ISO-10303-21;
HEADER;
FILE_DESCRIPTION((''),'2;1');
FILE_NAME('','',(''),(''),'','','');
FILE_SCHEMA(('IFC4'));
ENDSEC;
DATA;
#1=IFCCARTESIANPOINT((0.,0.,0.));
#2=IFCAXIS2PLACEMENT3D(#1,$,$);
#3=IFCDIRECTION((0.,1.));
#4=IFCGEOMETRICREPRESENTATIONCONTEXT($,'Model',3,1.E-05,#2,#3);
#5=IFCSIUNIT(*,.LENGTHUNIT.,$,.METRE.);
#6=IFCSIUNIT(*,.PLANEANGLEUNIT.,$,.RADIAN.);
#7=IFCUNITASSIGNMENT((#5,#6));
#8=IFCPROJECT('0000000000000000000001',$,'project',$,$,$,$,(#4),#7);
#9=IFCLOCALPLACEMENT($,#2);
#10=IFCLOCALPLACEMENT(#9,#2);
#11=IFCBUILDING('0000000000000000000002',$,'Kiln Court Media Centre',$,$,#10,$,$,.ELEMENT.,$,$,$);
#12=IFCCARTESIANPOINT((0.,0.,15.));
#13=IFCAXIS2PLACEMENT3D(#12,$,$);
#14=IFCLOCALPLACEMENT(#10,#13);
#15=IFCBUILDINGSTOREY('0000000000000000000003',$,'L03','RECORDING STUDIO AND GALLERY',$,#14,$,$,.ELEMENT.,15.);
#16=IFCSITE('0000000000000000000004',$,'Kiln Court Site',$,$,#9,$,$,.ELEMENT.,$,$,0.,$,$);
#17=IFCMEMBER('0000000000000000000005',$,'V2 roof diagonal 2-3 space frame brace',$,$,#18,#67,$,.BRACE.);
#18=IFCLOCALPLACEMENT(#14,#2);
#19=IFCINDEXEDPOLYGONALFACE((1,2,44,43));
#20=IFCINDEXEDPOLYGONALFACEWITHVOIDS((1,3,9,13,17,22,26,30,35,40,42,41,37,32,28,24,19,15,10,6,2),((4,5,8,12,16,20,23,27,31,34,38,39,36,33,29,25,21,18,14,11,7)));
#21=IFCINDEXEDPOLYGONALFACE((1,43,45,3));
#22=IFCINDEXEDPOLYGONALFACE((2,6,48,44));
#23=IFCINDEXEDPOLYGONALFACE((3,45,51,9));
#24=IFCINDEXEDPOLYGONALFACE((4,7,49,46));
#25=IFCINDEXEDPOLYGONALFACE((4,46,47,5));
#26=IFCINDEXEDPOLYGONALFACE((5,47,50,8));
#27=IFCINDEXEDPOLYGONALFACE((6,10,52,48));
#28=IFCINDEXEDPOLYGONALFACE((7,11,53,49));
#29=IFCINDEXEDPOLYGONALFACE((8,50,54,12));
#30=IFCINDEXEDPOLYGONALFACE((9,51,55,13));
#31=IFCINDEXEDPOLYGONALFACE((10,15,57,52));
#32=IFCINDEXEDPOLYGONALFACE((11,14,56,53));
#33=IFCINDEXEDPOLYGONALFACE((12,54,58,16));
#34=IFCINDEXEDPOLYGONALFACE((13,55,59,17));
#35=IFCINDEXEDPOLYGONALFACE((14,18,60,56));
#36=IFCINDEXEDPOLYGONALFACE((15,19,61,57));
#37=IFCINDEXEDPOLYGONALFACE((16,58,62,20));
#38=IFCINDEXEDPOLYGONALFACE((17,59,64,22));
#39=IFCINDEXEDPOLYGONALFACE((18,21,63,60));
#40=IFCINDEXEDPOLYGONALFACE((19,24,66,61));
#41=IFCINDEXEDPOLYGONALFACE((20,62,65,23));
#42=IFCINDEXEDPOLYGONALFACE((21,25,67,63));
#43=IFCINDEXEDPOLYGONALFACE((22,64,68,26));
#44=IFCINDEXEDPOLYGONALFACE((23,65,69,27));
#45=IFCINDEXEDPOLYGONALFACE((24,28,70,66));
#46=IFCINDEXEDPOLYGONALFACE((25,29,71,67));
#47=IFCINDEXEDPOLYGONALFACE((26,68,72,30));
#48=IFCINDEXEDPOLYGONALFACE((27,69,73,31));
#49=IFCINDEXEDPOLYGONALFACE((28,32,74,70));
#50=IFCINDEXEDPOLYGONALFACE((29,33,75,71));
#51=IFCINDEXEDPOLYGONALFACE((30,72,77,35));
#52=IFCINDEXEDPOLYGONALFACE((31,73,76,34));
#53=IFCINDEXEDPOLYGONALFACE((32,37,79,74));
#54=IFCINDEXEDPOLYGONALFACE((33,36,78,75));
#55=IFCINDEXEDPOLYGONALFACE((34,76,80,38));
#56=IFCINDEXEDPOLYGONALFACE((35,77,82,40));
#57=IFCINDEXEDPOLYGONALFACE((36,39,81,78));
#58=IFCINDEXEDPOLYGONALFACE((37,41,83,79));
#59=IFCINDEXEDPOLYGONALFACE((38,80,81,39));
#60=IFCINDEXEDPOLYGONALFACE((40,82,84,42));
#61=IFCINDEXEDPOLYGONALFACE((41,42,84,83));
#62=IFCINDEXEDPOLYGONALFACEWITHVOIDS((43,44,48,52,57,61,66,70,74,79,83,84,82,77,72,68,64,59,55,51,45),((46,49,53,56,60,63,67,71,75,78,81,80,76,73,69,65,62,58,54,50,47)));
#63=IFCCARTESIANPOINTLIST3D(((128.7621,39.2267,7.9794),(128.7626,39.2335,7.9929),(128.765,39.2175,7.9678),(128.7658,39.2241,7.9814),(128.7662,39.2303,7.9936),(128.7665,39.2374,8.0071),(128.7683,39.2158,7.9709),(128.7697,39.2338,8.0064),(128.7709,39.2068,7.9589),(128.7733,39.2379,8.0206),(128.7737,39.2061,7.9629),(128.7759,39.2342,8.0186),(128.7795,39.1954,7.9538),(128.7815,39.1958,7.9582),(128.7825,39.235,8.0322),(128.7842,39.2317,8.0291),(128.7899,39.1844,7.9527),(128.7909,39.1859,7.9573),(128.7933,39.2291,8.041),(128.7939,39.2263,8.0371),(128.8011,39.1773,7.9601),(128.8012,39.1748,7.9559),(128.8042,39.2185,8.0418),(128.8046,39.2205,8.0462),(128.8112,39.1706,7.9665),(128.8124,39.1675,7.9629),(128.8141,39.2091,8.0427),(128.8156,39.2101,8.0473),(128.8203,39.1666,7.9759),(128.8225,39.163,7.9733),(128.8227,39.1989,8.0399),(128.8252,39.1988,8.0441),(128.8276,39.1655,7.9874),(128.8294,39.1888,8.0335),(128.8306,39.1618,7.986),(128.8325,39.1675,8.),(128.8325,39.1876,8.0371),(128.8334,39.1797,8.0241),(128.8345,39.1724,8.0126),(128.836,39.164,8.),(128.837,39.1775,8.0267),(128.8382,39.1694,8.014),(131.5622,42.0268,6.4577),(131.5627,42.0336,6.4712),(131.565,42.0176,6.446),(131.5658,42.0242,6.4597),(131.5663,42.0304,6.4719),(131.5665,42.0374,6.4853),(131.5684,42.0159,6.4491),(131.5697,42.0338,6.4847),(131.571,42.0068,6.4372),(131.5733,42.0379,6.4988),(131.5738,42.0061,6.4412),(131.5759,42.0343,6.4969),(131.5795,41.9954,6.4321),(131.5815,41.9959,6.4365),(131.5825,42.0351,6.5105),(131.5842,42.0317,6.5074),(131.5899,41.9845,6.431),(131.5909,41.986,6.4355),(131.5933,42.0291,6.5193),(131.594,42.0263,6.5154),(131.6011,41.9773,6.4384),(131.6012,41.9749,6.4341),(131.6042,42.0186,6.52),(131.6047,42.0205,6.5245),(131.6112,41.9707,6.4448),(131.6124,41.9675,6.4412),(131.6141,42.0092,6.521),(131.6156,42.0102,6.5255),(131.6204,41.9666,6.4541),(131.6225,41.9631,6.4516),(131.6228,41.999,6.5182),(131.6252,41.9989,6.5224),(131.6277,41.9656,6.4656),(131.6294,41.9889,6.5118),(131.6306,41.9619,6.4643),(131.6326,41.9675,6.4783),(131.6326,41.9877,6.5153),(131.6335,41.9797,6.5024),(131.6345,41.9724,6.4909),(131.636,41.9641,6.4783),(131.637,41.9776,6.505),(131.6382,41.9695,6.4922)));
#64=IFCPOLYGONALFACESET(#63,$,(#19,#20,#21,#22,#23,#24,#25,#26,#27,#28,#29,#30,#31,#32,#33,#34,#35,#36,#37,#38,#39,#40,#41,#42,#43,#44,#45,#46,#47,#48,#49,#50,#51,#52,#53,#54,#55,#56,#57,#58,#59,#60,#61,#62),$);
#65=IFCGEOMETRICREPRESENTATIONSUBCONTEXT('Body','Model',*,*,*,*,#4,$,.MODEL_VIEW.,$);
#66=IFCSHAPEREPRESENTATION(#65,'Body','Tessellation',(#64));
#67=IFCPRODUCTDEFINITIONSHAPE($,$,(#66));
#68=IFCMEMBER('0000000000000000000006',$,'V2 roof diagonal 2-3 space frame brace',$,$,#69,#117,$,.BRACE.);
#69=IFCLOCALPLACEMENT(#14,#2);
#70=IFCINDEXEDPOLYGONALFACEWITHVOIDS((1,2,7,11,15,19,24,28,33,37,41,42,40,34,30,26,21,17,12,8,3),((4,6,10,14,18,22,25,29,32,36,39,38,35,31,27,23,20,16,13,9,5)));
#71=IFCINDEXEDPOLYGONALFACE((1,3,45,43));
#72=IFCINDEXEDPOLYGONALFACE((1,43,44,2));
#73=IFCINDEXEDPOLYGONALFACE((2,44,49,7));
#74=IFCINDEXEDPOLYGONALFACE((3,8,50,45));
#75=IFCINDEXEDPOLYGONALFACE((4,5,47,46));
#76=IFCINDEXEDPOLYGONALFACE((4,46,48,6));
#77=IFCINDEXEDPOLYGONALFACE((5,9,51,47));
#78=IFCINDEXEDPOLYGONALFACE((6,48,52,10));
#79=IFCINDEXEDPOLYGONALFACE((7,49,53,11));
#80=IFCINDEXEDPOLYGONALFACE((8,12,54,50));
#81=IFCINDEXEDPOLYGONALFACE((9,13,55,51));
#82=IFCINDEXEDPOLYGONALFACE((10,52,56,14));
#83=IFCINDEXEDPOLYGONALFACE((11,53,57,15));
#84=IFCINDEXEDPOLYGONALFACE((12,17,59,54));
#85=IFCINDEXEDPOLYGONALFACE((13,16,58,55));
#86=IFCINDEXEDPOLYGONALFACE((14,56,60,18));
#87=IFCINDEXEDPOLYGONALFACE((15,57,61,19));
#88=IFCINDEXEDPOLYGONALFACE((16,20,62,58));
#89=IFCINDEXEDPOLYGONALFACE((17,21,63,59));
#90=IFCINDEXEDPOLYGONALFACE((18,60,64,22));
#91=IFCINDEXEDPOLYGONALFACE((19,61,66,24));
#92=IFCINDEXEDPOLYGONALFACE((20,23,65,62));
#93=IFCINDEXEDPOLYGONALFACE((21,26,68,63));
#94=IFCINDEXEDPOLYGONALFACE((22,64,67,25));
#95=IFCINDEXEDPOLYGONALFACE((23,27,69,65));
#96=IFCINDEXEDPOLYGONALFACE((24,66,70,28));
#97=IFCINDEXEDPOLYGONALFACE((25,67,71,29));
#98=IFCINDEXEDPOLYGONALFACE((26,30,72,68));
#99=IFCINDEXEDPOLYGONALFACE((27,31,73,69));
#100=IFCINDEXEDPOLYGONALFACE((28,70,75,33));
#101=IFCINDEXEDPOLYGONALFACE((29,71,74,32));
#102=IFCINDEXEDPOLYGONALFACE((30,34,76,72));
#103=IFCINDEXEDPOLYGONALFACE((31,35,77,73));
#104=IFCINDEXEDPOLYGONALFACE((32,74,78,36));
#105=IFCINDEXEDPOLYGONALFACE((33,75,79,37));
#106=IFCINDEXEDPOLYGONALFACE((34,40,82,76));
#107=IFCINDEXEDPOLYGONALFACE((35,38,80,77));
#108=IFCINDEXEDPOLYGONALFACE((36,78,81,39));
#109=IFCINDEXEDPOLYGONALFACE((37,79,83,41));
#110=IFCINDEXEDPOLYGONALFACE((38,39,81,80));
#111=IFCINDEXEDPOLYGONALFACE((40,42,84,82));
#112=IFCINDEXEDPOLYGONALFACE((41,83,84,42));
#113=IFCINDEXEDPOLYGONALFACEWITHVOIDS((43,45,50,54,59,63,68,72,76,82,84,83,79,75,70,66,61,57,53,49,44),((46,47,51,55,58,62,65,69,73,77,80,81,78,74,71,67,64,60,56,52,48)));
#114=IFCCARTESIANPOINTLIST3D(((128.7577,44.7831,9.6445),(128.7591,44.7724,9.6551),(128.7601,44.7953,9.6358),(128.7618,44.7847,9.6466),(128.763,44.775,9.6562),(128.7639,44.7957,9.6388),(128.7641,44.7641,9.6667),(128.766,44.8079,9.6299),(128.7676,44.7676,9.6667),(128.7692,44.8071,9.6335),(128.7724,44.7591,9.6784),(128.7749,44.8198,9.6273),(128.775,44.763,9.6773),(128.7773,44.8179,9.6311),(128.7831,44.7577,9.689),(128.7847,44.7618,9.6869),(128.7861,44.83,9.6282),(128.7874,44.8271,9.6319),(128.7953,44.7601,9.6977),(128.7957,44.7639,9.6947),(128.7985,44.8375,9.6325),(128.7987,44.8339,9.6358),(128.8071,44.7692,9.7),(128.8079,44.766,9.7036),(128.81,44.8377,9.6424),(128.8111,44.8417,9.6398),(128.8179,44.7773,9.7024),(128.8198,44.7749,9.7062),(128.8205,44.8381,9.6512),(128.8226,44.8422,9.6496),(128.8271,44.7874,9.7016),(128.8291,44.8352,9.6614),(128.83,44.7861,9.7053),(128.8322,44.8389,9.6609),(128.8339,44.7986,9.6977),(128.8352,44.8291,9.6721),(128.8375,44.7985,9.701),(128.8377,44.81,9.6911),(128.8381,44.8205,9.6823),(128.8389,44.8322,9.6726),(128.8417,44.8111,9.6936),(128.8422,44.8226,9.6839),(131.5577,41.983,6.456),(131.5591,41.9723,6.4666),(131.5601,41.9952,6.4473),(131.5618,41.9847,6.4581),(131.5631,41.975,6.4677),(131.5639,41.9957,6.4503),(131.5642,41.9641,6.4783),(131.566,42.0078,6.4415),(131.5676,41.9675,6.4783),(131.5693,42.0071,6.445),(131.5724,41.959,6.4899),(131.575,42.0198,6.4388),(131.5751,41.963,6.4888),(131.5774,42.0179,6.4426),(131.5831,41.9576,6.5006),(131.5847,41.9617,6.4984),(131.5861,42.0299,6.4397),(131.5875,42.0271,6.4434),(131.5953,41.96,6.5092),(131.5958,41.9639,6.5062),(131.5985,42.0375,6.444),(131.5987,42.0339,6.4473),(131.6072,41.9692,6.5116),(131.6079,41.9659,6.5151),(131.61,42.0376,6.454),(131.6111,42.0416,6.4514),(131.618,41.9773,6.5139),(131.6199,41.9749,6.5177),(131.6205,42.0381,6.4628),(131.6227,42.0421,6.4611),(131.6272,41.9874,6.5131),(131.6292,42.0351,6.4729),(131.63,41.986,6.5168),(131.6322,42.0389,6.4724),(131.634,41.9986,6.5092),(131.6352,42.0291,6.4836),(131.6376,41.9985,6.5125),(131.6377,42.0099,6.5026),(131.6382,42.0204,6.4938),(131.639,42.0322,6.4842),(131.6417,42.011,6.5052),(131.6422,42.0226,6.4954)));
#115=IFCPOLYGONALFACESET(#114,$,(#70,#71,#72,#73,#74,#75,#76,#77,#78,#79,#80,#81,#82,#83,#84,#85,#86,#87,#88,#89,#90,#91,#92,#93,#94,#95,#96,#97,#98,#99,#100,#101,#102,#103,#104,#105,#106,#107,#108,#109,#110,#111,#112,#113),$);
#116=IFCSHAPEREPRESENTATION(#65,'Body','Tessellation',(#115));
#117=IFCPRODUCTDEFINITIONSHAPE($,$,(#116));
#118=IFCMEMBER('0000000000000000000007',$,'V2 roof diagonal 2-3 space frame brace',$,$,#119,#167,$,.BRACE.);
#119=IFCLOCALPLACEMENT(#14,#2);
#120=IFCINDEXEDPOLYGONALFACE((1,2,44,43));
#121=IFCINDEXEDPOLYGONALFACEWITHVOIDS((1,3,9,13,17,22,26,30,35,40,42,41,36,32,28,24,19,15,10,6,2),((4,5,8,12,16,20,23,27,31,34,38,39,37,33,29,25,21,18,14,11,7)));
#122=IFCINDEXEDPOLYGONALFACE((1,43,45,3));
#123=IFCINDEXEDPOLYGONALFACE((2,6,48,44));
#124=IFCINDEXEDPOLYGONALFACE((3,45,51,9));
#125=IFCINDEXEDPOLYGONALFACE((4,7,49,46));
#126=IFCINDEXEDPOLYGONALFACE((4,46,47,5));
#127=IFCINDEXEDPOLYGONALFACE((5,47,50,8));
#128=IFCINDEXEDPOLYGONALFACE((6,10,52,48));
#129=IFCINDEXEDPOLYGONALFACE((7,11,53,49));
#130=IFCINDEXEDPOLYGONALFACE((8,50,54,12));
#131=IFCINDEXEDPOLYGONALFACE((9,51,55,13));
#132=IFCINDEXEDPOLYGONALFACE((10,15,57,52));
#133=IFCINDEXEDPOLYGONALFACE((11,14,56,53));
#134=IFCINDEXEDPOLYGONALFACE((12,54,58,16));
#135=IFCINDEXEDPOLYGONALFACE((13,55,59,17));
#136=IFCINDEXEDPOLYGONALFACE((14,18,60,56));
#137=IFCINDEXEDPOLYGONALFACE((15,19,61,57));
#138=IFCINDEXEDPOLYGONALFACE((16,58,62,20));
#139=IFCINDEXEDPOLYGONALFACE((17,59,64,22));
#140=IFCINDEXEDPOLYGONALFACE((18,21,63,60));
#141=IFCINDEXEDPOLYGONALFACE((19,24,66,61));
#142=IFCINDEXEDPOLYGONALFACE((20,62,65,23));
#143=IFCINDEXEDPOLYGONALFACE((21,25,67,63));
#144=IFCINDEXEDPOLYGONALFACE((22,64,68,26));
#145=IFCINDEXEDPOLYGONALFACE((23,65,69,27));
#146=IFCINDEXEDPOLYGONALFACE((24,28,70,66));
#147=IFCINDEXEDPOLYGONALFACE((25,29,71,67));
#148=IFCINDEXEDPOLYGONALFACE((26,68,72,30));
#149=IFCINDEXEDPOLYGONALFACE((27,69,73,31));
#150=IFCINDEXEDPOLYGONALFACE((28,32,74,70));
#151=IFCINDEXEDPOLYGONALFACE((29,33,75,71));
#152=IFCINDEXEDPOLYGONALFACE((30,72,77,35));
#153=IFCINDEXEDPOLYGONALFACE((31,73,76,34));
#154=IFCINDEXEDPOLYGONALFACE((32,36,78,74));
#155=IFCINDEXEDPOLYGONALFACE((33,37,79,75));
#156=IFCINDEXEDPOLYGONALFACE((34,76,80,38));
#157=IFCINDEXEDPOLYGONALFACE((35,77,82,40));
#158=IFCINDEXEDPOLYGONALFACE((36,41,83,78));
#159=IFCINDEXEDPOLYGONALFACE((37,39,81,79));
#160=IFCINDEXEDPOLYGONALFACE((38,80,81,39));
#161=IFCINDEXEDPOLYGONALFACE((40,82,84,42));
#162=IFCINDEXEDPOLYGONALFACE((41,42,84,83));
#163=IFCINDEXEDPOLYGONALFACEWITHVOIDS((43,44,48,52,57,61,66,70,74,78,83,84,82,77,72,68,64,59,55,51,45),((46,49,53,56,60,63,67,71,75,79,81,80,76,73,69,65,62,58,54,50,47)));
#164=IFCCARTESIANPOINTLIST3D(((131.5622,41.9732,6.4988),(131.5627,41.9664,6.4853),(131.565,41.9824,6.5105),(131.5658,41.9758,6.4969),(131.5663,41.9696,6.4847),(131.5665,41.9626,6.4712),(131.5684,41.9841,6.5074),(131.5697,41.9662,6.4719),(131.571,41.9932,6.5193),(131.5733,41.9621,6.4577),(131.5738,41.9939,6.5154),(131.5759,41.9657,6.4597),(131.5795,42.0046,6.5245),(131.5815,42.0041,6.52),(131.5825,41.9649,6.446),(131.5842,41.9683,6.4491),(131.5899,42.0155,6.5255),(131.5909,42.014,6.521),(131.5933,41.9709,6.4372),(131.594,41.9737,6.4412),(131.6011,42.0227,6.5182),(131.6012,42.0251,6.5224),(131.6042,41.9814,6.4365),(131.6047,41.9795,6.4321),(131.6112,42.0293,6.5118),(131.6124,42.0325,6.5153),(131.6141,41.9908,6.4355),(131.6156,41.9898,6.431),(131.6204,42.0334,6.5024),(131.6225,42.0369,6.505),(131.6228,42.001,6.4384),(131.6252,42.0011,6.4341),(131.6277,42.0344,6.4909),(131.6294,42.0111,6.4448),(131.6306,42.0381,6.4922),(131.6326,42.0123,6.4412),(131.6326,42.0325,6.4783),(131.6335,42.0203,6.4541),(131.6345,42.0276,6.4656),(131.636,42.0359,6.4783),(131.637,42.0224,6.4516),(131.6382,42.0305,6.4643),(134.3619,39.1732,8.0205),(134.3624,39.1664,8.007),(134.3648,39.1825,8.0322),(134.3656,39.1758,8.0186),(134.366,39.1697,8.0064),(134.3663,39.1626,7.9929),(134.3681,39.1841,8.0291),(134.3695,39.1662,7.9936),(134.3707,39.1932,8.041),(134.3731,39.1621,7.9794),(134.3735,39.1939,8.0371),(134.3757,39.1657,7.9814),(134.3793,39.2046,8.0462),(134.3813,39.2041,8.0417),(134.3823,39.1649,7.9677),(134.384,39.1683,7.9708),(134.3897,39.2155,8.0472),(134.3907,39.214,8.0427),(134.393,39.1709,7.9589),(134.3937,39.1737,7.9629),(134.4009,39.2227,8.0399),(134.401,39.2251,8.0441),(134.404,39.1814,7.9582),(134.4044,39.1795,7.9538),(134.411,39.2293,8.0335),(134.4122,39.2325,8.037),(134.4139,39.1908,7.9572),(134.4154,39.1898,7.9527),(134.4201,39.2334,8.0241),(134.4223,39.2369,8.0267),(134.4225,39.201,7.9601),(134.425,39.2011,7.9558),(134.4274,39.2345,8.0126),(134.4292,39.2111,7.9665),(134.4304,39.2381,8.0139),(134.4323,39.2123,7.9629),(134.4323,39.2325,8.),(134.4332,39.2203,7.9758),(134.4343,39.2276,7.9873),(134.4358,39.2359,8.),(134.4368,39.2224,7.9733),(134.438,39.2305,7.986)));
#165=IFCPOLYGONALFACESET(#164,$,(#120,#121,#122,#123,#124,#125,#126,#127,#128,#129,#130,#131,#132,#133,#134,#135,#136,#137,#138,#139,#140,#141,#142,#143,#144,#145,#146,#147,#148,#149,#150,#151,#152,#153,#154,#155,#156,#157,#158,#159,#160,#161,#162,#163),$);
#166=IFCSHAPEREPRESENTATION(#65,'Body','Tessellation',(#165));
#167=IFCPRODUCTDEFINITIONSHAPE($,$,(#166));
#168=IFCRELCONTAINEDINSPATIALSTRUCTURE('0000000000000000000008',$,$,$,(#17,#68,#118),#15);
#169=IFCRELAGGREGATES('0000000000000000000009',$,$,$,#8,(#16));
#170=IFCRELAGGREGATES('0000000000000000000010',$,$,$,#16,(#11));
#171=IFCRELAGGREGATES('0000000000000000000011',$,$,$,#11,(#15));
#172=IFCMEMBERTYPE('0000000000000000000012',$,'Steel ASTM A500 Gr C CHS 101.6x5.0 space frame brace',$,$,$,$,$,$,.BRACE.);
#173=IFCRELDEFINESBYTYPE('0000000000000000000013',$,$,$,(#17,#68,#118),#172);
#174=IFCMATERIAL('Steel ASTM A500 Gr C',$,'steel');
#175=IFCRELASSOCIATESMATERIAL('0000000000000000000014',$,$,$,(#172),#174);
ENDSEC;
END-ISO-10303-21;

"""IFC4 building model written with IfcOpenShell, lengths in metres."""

from ifc_helpers import new_model, si_unit, direction, frame, origin, origin_2d, place, context, subcontext, project, spatial, hollow_circle, extrude, material, material_profile, profile_set, type_object, element, save


model = new_model("IFC4")

# Units and contexts
model_context = context("Model", 3, precision=1e-05, world=origin(), true_north=direction((0.0, 1.0)))
body_context = subcontext(model_context, "Body", "Model", "MODEL_VIEW")
ifc_project = project(units=[si_unit("LENGTHUNIT", "METRE"), si_unit("PLANEANGLEUNIT", "RADIAN")], contexts=[model_context])

# Site, building, storey
site_placement = place(None, origin())
site = spatial("IfcSite", under=ifc_project, at=site_placement, Name="Kiln Court Site", CompositionType="ELEMENT", RefElevation=0.0)
building_placement = place(site_placement, origin())
building = spatial("IfcBuilding", under=site, at=building_placement, Name="Kiln Court Media Centre", CompositionType="ELEMENT")
storey_placement = place(building_placement, frame((0.0, 0.0, 15.0)))
storey = spatial("IfcBuildingStorey", under=building, at=storey_placement, Name="L03", Description="RECORDING STUDIO AND GALLERY", CompositionType="ELEMENT", Elevation=15.0)

# Members
ifc_material_1 = material(Name="Steel ASTM A500 Gr C", Category="steel")
ifc_material_profile_1 = material_profile(ifc_material_1, hollow_circle(Radius=0.0508, WallThickness=0.0049, at=origin_2d()), Name="CHS 101.6x5.0")
ifc_profile_set_1 = profile_set([ifc_material_profile_1], Name="Steel ASTM A500 Gr C")
member_type_1 = type_object("IfcMemberType", Name="Steel ASTM A500 Gr C CHS 101.6x5.0 space frame brace", PredefinedType="BRACE", material=ifc_profile_set_1)
member_1_placement = place(storey_placement, frame((131.6001, 42.0, 6.4783), z_axis=(-0.660047, -0.660047, 0.358713), x_axis=(0.707107, -0.707107, 0.0)))
element("IfcMember", 1, at=member_1_placement, inside=storey, type_object=member_type_1, Name="V2 roof diagonal 2-3 space frame brace", PredefinedType="BRACE", context=body_context, shape_type="SweptSolid", body=[
    extrude(hollow_circle(Radius=0.0508, WallThickness=0.0049, at=origin_2d()), origin(), (0.0, 0.0, 1.0), 4.2422),
])
member_2_placement = place(storey_placement, frame((131.6001, 42.0, 6.4783), z_axis=(-0.550758, 0.550758, 0.627161), x_axis=(-0.707107, -0.707107, 0.0)))
element("IfcMember", 2, at=member_2_placement, inside=storey, type_object=member_type_1, Name="V2 roof diagonal 2-3 space frame brace", PredefinedType="BRACE", context=body_context, shape_type="SweptSolid", body=[
    extrude(hollow_circle(Radius=0.0508, WallThickness=0.0049, at=origin_2d()), origin(), (0.0, 0.0, 1.0), 5.084),
])
member_3_placement = place(storey_placement, frame((131.6001, 42.0, 6.4783), z_axis=(0.660015, -0.660073, 0.358726), x_axis=(0.707138, 0.707076, 0.0)))
element("IfcMember", 3, at=member_3_placement, inside=storey, type_object=member_type_1, Name="V2 roof diagonal 2-3 space frame brace", PredefinedType="BRACE", context=body_context, shape_type="SweptSolid", body=[
    extrude(hollow_circle(Radius=0.0508, WallThickness=0.0049, at=origin_2d()), origin(), (0.0, 0.0, 1.0), 4.2419),
])

save(model, "model.ifc")
